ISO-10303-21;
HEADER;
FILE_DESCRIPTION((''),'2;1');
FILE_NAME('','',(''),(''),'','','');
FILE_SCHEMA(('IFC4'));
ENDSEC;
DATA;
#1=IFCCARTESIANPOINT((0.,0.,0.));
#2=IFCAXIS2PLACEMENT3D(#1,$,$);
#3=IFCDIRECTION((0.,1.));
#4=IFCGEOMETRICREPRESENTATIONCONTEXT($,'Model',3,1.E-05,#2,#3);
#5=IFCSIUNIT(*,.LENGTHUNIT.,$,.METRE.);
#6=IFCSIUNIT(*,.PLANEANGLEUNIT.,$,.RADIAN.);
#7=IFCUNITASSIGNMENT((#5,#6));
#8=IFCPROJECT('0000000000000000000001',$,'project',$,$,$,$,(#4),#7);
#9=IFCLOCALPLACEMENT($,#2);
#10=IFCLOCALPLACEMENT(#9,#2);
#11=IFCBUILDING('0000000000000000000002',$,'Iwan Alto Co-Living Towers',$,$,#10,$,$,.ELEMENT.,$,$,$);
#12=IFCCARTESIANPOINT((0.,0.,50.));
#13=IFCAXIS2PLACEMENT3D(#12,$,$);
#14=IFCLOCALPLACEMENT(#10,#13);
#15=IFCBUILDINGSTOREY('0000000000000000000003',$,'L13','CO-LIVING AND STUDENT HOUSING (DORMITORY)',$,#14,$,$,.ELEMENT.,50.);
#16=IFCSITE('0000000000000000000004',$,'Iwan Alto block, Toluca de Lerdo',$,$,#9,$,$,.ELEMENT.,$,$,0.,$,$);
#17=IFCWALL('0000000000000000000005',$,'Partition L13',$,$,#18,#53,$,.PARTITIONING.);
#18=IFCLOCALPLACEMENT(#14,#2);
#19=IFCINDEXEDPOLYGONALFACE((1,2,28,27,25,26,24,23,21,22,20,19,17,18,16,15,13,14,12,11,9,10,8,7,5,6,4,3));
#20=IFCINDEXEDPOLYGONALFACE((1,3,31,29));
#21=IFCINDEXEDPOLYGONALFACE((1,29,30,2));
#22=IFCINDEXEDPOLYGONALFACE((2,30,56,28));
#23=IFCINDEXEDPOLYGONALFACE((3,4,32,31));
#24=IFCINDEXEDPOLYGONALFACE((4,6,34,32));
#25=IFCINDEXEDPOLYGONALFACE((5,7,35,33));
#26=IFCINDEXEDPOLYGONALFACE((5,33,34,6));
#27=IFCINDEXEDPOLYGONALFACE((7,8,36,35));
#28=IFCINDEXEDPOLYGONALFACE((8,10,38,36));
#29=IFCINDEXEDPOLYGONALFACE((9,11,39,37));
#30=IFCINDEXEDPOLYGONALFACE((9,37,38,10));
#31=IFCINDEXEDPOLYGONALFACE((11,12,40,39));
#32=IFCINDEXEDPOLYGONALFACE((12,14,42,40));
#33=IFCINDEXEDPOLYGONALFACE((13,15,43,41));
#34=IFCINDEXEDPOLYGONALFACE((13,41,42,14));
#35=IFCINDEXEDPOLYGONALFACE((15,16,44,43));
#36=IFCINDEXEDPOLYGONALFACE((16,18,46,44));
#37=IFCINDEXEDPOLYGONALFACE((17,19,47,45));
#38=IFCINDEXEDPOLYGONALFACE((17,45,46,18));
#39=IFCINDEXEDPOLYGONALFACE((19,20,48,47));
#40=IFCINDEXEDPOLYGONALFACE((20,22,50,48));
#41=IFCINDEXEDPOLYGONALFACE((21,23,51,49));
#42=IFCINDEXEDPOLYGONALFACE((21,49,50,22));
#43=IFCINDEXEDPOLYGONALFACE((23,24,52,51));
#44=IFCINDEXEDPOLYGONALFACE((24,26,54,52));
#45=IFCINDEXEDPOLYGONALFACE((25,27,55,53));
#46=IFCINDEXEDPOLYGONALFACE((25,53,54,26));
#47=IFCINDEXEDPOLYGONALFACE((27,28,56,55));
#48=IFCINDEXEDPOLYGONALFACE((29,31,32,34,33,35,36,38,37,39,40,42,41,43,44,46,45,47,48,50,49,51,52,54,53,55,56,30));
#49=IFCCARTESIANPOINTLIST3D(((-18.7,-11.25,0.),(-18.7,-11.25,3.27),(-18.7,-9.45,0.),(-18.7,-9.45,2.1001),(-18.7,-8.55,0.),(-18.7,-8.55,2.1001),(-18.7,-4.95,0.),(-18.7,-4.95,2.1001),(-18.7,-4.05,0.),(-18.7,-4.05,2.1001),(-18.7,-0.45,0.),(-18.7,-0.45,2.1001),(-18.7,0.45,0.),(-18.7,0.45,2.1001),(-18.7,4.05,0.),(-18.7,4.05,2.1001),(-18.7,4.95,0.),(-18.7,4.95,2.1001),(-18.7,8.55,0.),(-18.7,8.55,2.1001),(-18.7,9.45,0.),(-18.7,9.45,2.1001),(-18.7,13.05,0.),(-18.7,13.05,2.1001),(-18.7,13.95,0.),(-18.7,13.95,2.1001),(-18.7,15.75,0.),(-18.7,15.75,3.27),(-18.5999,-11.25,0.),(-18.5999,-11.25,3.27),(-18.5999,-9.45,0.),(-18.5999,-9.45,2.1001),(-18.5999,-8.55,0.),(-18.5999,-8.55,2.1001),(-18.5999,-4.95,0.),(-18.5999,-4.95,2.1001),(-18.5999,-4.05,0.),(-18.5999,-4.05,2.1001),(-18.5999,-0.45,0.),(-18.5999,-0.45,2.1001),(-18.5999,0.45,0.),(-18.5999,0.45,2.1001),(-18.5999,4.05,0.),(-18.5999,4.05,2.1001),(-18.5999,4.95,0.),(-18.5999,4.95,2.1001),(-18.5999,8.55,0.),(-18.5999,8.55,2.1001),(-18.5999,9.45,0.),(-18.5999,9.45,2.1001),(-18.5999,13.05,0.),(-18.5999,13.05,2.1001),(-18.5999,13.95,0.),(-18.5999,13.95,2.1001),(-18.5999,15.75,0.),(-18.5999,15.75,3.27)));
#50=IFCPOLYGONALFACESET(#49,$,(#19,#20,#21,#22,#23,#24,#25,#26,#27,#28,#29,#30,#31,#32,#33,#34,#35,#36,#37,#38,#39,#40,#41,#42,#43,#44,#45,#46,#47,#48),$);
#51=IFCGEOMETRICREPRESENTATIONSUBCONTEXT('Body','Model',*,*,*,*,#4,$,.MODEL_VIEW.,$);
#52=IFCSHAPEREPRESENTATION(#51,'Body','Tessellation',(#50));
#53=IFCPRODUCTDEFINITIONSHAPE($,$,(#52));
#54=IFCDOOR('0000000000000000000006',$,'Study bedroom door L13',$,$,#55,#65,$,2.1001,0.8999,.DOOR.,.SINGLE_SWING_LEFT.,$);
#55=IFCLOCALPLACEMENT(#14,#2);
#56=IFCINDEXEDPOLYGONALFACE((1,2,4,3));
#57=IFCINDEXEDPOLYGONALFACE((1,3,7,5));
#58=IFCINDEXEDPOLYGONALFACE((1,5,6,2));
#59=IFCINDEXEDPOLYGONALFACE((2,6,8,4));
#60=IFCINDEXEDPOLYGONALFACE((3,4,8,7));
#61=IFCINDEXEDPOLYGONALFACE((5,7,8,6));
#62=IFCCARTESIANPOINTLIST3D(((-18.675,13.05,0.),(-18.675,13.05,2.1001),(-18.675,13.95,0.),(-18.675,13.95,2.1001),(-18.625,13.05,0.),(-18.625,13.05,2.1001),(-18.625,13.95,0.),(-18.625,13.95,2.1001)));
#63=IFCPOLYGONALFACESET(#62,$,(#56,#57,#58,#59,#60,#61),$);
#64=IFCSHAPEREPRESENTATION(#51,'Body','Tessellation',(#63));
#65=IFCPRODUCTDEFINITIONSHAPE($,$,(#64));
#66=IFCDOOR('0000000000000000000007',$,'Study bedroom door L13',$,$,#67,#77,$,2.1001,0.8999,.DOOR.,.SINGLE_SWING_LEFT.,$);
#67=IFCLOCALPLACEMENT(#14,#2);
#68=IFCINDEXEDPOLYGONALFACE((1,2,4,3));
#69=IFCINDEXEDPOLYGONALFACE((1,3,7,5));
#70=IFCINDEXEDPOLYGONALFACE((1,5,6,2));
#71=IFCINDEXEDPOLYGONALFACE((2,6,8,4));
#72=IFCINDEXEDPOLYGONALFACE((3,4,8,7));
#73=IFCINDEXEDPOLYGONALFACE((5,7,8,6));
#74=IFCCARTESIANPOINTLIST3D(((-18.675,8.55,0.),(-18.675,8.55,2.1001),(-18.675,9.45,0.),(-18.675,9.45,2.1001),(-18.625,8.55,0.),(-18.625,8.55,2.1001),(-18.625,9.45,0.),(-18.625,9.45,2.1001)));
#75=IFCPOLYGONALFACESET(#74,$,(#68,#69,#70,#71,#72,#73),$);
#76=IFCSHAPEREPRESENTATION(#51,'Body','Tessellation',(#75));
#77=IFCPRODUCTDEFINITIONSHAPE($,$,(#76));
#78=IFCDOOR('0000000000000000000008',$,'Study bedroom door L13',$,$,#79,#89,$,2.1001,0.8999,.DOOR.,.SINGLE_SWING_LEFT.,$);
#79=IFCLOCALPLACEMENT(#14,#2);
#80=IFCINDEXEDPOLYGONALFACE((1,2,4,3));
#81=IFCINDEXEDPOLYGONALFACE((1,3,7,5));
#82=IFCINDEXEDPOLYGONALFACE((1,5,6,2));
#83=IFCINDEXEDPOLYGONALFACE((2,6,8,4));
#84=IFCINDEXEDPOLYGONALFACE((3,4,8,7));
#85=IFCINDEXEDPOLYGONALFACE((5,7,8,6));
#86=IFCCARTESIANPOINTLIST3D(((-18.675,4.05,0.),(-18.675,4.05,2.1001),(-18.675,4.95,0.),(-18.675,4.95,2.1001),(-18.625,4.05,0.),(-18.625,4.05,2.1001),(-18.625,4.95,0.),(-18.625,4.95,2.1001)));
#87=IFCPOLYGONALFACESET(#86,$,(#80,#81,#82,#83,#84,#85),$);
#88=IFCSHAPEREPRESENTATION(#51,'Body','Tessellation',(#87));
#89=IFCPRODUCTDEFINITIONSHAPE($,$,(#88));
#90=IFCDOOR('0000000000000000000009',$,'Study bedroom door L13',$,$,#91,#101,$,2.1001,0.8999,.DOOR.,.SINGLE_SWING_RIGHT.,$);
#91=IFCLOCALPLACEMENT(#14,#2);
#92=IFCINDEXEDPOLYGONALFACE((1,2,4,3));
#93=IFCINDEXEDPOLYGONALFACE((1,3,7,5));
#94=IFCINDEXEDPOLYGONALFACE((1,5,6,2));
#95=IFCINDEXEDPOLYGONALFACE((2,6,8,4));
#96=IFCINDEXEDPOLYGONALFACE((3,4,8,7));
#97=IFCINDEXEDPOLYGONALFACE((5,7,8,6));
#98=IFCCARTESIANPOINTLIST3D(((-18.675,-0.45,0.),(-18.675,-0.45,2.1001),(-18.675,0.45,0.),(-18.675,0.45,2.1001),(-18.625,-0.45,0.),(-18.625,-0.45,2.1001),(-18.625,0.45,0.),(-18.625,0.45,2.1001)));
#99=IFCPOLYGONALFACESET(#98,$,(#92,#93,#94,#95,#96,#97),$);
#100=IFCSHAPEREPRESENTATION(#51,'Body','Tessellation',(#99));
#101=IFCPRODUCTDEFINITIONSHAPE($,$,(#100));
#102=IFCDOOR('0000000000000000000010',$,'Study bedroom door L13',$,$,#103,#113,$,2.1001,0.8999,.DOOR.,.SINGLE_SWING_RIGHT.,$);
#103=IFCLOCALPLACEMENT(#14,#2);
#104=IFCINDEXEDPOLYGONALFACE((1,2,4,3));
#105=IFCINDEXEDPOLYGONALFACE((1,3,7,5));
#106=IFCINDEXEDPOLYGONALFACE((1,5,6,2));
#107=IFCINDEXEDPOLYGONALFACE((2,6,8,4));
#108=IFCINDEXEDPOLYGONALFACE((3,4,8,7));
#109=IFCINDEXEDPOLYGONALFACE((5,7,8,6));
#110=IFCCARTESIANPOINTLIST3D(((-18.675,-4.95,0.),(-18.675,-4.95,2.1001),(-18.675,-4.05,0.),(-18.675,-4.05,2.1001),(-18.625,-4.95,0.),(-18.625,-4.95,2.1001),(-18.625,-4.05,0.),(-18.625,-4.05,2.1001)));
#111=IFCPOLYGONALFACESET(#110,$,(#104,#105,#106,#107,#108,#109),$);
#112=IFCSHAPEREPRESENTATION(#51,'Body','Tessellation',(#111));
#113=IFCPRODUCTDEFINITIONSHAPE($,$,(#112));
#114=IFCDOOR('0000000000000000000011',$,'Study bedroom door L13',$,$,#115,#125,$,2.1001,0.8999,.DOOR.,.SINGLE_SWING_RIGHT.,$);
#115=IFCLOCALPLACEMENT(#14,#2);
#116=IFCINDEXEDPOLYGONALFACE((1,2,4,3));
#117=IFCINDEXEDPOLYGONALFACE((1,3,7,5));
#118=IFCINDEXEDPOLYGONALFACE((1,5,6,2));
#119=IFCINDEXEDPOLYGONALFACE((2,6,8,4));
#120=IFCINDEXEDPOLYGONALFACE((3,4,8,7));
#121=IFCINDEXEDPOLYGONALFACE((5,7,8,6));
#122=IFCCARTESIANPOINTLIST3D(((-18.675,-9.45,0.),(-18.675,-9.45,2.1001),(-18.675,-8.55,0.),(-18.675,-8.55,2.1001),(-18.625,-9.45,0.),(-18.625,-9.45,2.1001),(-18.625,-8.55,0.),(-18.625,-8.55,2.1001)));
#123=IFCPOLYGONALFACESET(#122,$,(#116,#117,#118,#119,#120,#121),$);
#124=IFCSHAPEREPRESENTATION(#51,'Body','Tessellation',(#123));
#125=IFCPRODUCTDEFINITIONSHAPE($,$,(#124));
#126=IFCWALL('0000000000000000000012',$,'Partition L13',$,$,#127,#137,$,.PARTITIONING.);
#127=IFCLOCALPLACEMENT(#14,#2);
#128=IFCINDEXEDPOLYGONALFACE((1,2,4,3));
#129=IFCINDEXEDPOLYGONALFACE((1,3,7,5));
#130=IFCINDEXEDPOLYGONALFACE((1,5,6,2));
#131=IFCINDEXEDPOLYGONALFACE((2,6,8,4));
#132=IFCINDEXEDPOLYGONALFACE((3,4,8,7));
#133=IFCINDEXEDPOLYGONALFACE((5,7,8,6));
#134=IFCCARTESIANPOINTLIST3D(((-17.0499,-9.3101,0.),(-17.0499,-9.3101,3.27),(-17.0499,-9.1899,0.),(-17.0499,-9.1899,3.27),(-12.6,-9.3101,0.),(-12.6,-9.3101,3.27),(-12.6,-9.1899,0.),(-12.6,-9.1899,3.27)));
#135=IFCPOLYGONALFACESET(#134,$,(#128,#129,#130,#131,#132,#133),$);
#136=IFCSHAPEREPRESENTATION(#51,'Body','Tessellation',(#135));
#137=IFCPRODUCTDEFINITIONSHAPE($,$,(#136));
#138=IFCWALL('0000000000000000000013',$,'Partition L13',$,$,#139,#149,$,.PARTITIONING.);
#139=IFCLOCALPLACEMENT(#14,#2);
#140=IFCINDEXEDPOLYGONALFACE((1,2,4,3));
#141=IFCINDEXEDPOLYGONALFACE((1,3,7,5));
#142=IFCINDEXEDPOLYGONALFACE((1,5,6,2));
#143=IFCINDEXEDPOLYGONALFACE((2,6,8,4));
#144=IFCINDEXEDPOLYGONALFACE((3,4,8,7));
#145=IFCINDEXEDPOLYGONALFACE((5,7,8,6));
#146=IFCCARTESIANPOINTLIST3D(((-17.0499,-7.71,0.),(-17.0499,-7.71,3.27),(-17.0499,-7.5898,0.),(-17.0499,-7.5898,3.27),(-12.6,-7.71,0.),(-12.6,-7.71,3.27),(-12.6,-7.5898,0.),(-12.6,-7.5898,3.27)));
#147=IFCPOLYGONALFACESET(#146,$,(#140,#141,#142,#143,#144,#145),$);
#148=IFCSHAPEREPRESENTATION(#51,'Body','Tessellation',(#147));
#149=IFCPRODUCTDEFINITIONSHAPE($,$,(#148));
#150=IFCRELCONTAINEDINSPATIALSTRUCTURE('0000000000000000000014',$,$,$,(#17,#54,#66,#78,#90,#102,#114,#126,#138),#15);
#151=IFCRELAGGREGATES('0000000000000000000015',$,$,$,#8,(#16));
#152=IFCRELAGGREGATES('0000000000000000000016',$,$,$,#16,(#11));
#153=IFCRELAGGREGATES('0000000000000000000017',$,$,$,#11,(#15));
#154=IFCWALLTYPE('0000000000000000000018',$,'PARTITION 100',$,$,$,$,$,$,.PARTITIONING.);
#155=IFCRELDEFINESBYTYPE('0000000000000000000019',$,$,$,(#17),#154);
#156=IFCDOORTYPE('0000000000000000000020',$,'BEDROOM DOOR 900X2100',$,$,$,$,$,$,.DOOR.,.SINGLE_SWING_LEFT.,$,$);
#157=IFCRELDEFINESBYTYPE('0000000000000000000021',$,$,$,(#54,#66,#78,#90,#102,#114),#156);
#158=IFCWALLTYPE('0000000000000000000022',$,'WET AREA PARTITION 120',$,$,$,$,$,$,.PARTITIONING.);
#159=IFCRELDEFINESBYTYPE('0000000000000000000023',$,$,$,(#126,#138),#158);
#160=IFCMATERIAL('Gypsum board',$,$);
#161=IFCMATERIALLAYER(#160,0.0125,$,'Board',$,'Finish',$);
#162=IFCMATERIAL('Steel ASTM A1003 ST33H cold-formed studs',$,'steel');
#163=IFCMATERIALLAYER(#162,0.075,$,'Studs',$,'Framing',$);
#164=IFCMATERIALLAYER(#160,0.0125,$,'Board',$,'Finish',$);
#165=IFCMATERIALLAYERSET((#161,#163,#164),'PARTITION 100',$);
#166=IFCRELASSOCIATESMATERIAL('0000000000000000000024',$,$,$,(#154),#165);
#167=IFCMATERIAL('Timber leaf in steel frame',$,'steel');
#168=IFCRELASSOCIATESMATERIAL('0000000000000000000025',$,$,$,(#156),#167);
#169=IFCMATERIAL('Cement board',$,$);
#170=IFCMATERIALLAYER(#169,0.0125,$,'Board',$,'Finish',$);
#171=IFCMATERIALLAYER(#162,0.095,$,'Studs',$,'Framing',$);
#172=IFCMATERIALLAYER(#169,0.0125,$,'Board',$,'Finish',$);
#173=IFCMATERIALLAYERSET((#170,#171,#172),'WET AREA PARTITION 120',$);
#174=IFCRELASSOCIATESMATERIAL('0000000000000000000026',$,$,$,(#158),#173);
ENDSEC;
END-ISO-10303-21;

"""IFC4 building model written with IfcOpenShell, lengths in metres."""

from ifc_helpers import new_model, si_unit, direction, frame, frame_2d, origin, place, context, subcontext, project, spatial, rectangle, extrude, material, layer, layer_set, type_object, element, fill, save


model = new_model("IFC4")

# Units and contexts
model_context = context("Model", 3, precision=1e-05, world=origin(), true_north=direction((0.0, 1.0)))
body_context = subcontext(model_context, "Body", "Model", "MODEL_VIEW")
ifc_project = project(units=[si_unit("LENGTHUNIT", "METRE"), si_unit("PLANEANGLEUNIT", "RADIAN")], contexts=[model_context])

# Site, building, storey
site_placement = place(None, origin())
site = spatial("IfcSite", under=ifc_project, at=site_placement, Name="Iwan Alto block, Toluca de Lerdo", CompositionType="ELEMENT", RefElevation=0.0)
building_placement = place(site_placement, origin())
building = spatial("IfcBuilding", under=site, at=building_placement, Name="Iwan Alto Co-Living Towers", CompositionType="ELEMENT")
storey_placement = place(building_placement, frame((0.0, 0.0, 50.0)))
storey = spatial("IfcBuildingStorey", under=building, at=storey_placement, Name="L13", Description="CO-LIVING AND STUDENT HOUSING (DORMITORY)", CompositionType="ELEMENT", Elevation=50.0)

# Shared definitions
ifc_material_1 = material(Name="Gypsum board")
ifc_layer_1 = layer(ifc_material_1, 0.0125, Name="Board", Category="Finish")
ifc_material_2 = material(Name="Steel ASTM A1003 ST33H cold-formed studs", Category="steel")
ifc_layer_2 = layer(ifc_material_2, 0.075, Name="Studs", Category="Framing")
ifc_layer_3 = layer(ifc_material_1, 0.0125, Name="Board", Category="Finish")
ifc_layer_set_1 = layer_set([ifc_layer_1, ifc_layer_2, ifc_layer_3], Name="PARTITION 100")
wall_type_1 = type_object("IfcWallType", Name="PARTITION 100", PredefinedType="PARTITIONING", material=ifc_layer_set_1)

# Wall, openings, doors
wall_1_placement = place(storey_placement, frame((-18.6499, -11.25, 0.0), z_axis=(0.0, 0.0, 1.0), x_axis=(0.0, 1.0, 0.0)))
wall_1 = element("IfcWall", 1, at=wall_1_placement, inside=storey, type_object=wall_type_1, Name="Partition L13", PredefinedType="PARTITIONING", context=body_context, shape_type="SweptSolid", body=[
    extrude(rectangle(XDim=27.0, YDim=0.1001, at=frame_2d((13.5, 0.0))), origin(), (0.0, 0.0, 1.0), 3.27),
])
opening_1_placement = place(wall_1_placement, frame((24.3, 0.0, 0.0)))
opening_1 = element("IfcOpeningElement", 2, at=opening_1_placement, cuts=wall_1, PredefinedType="OPENING", context=body_context, shape_type="SweptSolid", body=[
    extrude(rectangle(XDim=0.8999, YDim=2.1001, at=frame_2d((0.45, 1.05))), frame((0.0, 0.0601, 0.0), z_axis=(0.0, -1.0, 0.0), x_axis=(1.0, 0.0, 0.0)), (0.0, 0.0, 1.0), 0.1201),
])
opening_2_placement = place(wall_1_placement, frame((19.8, 0.0, 0.0)))
opening_2 = element("IfcOpeningElement", 3, at=opening_2_placement, cuts=wall_1, PredefinedType="OPENING", context=body_context, shape_type="SweptSolid", body=[
    extrude(rectangle(XDim=0.8999, YDim=2.1001, at=frame_2d((0.45, 1.05))), frame((0.0, 0.0601, 0.0), z_axis=(0.0, -1.0, 0.0), x_axis=(1.0, 0.0, 0.0)), (0.0, 0.0, 1.0), 0.1201),
])
opening_3_placement = place(wall_1_placement, frame((15.3, 0.0, 0.0)))
opening_3 = element("IfcOpeningElement", 4, at=opening_3_placement, cuts=wall_1, PredefinedType="OPENING", context=body_context, shape_type="SweptSolid", body=[
    extrude(rectangle(XDim=0.8999, YDim=2.1001, at=frame_2d((0.45, 1.05))), frame((0.0, 0.0601, 0.0), z_axis=(0.0, -1.0, 0.0), x_axis=(1.0, 0.0, 0.0)), (0.0, 0.0, 1.0), 0.1201),
])
opening_4_placement = place(wall_1_placement, frame((10.8, 0.0, 0.0)))
opening_4 = element("IfcOpeningElement", 5, at=opening_4_placement, cuts=wall_1, PredefinedType="OPENING", context=body_context, shape_type="SweptSolid", body=[
    extrude(rectangle(XDim=0.8999, YDim=2.1001, at=frame_2d((0.45, 1.05))), frame((0.0, 0.0601, 0.0), z_axis=(0.0, -1.0, 0.0), x_axis=(1.0, 0.0, 0.0)), (0.0, 0.0, 1.0), 0.1201),
])
opening_5_placement = place(wall_1_placement, frame((6.3, 0.0, 0.0)))
opening_5 = element("IfcOpeningElement", 6, at=opening_5_placement, cuts=wall_1, PredefinedType="OPENING", context=body_context, shape_type="SweptSolid", body=[
    extrude(rectangle(XDim=0.8999, YDim=2.1001, at=frame_2d((0.45, 1.05))), frame((0.0, 0.0601, 0.0), z_axis=(0.0, -1.0, 0.0), x_axis=(1.0, 0.0, 0.0)), (0.0, 0.0, 1.0), 0.1201),
])
opening_6_placement = place(wall_1_placement, frame((1.8, 0.0, 0.0)))
opening_6 = element("IfcOpeningElement", 7, at=opening_6_placement, cuts=wall_1, PredefinedType="OPENING", context=body_context, shape_type="SweptSolid", body=[
    extrude(rectangle(XDim=0.8999, YDim=2.1001, at=frame_2d((0.45, 1.05))), frame((0.0, 0.0601, 0.0), z_axis=(0.0, -1.0, 0.0), x_axis=(1.0, 0.0, 0.0)), (0.0, 0.0, 1.0), 0.1201),
])
ifc_material_3 = material(Name="Timber leaf in steel frame", Category="steel")
door_type_1 = type_object("IfcDoorType", Name="BEDROOM DOOR 900X2100", OperationType="SINGLE_SWING_LEFT", PredefinedType="DOOR", material=ifc_material_3)
door_1_placement = place(opening_1_placement, frame((0.8999, 0.0, 0.0), z_axis=(0.0, 0.0, 1.0), x_axis=(-1.0, 0.0, 0.0)))
door_1 = element("IfcDoor", 8, at=door_1_placement, inside=storey, type_object=door_type_1, Name="Study bedroom door L13", OperationType="SINGLE_SWING_LEFT", OverallHeight=2.1001, OverallWidth=0.8999, PredefinedType="DOOR", context=body_context, shape_type="SweptSolid", body=[
    extrude(rectangle(XDim=0.8999, YDim=2.1001, at=frame_2d((0.45, 1.05))), frame((0.0, 0.0249, 0.0), z_axis=(0.0, -1.0, 0.0), x_axis=(1.0, 0.0, 0.0)), (0.0, 0.0, 1.0), 0.05),
])
fill(opening_1, door_1)
door_2_placement = place(opening_2_placement, frame((0.8999, 0.0, 0.0), z_axis=(0.0, 0.0, 1.0), x_axis=(-1.0, 0.0, 0.0)))
door_2 = element("IfcDoor", 9, at=door_2_placement, inside=storey, type_object=door_type_1, Name="Study bedroom door L13", OperationType="SINGLE_SWING_LEFT", OverallHeight=2.1001, OverallWidth=0.8999, PredefinedType="DOOR", context=body_context, shape_type="SweptSolid", body=[
    extrude(rectangle(XDim=0.8999, YDim=2.1001, at=frame_2d((0.45, 1.05))), frame((0.0, 0.0249, 0.0), z_axis=(0.0, -1.0, 0.0), x_axis=(1.0, 0.0, 0.0)), (0.0, 0.0, 1.0), 0.05),
])
fill(opening_2, door_2)
door_3_placement = place(opening_3_placement, frame((0.8999, 0.0, 0.0), z_axis=(0.0, 0.0, 1.0), x_axis=(-1.0, 0.0, 0.0)))
door_3 = element("IfcDoor", 10, at=door_3_placement, inside=storey, type_object=door_type_1, Name="Study bedroom door L13", OperationType="SINGLE_SWING_LEFT", OverallHeight=2.1001, OverallWidth=0.8999, PredefinedType="DOOR", context=body_context, shape_type="SweptSolid", body=[
    extrude(rectangle(XDim=0.8999, YDim=2.1001, at=frame_2d((0.45, 1.05))), frame((0.0, 0.0249, 0.0), z_axis=(0.0, -1.0, 0.0), x_axis=(1.0, 0.0, 0.0)), (0.0, 0.0, 1.0), 0.05),
])
fill(opening_3, door_3)
door_4_placement = place(opening_4_placement, frame((0.8999, 0.0, 0.0), z_axis=(0.0, 0.0, 1.0), x_axis=(-1.0, 0.0, 0.0)))
door_4 = element("IfcDoor", 11, at=door_4_placement, inside=storey, type_object=door_type_1, Name="Study bedroom door L13", OperationType="SINGLE_SWING_RIGHT", OverallHeight=2.1001, OverallWidth=0.8999, PredefinedType="DOOR", context=body_context, shape_type="SweptSolid", body=[
    extrude(rectangle(XDim=0.8999, YDim=2.1001, at=frame_2d((0.45, 1.05))), frame((0.0, 0.0249, 0.0), z_axis=(0.0, -1.0, 0.0), x_axis=(1.0, 0.0, 0.0)), (0.0, 0.0, 1.0), 0.05),
])
fill(opening_4, door_4)
door_5_placement = place(opening_5_placement, frame((0.8999, 0.0, 0.0), z_axis=(0.0, 0.0, 1.0), x_axis=(-1.0, 0.0, 0.0)))
door_5 = element("IfcDoor", 12, at=door_5_placement, inside=storey, type_object=door_type_1, Name="Study bedroom door L13", OperationType="SINGLE_SWING_RIGHT", OverallHeight=2.1001, OverallWidth=0.8999, PredefinedType="DOOR", context=body_context, shape_type="SweptSolid", body=[
    extrude(rectangle(XDim=0.8999, YDim=2.1001, at=frame_2d((0.45, 1.05))), frame((0.0, 0.0249, 0.0), z_axis=(0.0, -1.0, 0.0), x_axis=(1.0, 0.0, 0.0)), (0.0, 0.0, 1.0), 0.05),
])
fill(opening_5, door_5)
door_6_placement = place(opening_6_placement, frame((0.8999, 0.0, 0.0), z_axis=(0.0, 0.0, 1.0), x_axis=(-1.0, 0.0, 0.0)))
door_6 = element("IfcDoor", 13, at=door_6_placement, inside=storey, type_object=door_type_1, Name="Study bedroom door L13", OperationType="SINGLE_SWING_RIGHT", OverallHeight=2.1001, OverallWidth=0.8999, PredefinedType="DOOR", context=body_context, shape_type="SweptSolid", body=[
    extrude(rectangle(XDim=0.8999, YDim=2.1001, at=frame_2d((0.45, 1.05))), frame((0.0, 0.0249, 0.0), z_axis=(0.0, -1.0, 0.0), x_axis=(1.0, 0.0, 0.0)), (0.0, 0.0, 1.0), 0.05),
])
fill(opening_6, door_6)

# Walls
ifc_material_4 = material(Name="Cement board")
ifc_layer_4 = layer(ifc_material_4, 0.0125, Name="Board", Category="Finish")
ifc_layer_5 = layer(ifc_material_2, 0.095, Name="Studs", Category="Framing")
ifc_layer_6 = layer(ifc_material_4, 0.0125, Name="Board", Category="Finish")
ifc_layer_set_2 = layer_set([ifc_layer_4, ifc_layer_5, ifc_layer_6], Name="WET AREA PARTITION 120")
wall_type_2 = type_object("IfcWallType", Name="WET AREA PARTITION 120", PredefinedType="PARTITIONING", material=ifc_layer_set_2)
for number, where, z_axis, x_axis, name in (
    (14, (-17.05, -9.25, 0.0), (0.0, 0.0, 1.0), (1.0, 0.0, 0.0), "Partition L13"),
    (15, (-17.05, -7.6499, 0.0), (0.0, 0.0, 1.0), (1.0, 0.0, 0.0), "Partition L13"),
):
    element("IfcWall", number, at=place(storey_placement, frame(where, z_axis=z_axis, x_axis=x_axis)), inside=storey, type_object=wall_type_2, Name=name, PredefinedType="PARTITIONING", context=body_context, shape_type="SweptSolid", body=[
        extrude(rectangle(XDim=4.45, YDim=0.1201, at=frame_2d((2.2251, 0.0))), origin(), (0.0, 0.0, 1.0), 3.27),
    ])

save(model, "model.ifc")
